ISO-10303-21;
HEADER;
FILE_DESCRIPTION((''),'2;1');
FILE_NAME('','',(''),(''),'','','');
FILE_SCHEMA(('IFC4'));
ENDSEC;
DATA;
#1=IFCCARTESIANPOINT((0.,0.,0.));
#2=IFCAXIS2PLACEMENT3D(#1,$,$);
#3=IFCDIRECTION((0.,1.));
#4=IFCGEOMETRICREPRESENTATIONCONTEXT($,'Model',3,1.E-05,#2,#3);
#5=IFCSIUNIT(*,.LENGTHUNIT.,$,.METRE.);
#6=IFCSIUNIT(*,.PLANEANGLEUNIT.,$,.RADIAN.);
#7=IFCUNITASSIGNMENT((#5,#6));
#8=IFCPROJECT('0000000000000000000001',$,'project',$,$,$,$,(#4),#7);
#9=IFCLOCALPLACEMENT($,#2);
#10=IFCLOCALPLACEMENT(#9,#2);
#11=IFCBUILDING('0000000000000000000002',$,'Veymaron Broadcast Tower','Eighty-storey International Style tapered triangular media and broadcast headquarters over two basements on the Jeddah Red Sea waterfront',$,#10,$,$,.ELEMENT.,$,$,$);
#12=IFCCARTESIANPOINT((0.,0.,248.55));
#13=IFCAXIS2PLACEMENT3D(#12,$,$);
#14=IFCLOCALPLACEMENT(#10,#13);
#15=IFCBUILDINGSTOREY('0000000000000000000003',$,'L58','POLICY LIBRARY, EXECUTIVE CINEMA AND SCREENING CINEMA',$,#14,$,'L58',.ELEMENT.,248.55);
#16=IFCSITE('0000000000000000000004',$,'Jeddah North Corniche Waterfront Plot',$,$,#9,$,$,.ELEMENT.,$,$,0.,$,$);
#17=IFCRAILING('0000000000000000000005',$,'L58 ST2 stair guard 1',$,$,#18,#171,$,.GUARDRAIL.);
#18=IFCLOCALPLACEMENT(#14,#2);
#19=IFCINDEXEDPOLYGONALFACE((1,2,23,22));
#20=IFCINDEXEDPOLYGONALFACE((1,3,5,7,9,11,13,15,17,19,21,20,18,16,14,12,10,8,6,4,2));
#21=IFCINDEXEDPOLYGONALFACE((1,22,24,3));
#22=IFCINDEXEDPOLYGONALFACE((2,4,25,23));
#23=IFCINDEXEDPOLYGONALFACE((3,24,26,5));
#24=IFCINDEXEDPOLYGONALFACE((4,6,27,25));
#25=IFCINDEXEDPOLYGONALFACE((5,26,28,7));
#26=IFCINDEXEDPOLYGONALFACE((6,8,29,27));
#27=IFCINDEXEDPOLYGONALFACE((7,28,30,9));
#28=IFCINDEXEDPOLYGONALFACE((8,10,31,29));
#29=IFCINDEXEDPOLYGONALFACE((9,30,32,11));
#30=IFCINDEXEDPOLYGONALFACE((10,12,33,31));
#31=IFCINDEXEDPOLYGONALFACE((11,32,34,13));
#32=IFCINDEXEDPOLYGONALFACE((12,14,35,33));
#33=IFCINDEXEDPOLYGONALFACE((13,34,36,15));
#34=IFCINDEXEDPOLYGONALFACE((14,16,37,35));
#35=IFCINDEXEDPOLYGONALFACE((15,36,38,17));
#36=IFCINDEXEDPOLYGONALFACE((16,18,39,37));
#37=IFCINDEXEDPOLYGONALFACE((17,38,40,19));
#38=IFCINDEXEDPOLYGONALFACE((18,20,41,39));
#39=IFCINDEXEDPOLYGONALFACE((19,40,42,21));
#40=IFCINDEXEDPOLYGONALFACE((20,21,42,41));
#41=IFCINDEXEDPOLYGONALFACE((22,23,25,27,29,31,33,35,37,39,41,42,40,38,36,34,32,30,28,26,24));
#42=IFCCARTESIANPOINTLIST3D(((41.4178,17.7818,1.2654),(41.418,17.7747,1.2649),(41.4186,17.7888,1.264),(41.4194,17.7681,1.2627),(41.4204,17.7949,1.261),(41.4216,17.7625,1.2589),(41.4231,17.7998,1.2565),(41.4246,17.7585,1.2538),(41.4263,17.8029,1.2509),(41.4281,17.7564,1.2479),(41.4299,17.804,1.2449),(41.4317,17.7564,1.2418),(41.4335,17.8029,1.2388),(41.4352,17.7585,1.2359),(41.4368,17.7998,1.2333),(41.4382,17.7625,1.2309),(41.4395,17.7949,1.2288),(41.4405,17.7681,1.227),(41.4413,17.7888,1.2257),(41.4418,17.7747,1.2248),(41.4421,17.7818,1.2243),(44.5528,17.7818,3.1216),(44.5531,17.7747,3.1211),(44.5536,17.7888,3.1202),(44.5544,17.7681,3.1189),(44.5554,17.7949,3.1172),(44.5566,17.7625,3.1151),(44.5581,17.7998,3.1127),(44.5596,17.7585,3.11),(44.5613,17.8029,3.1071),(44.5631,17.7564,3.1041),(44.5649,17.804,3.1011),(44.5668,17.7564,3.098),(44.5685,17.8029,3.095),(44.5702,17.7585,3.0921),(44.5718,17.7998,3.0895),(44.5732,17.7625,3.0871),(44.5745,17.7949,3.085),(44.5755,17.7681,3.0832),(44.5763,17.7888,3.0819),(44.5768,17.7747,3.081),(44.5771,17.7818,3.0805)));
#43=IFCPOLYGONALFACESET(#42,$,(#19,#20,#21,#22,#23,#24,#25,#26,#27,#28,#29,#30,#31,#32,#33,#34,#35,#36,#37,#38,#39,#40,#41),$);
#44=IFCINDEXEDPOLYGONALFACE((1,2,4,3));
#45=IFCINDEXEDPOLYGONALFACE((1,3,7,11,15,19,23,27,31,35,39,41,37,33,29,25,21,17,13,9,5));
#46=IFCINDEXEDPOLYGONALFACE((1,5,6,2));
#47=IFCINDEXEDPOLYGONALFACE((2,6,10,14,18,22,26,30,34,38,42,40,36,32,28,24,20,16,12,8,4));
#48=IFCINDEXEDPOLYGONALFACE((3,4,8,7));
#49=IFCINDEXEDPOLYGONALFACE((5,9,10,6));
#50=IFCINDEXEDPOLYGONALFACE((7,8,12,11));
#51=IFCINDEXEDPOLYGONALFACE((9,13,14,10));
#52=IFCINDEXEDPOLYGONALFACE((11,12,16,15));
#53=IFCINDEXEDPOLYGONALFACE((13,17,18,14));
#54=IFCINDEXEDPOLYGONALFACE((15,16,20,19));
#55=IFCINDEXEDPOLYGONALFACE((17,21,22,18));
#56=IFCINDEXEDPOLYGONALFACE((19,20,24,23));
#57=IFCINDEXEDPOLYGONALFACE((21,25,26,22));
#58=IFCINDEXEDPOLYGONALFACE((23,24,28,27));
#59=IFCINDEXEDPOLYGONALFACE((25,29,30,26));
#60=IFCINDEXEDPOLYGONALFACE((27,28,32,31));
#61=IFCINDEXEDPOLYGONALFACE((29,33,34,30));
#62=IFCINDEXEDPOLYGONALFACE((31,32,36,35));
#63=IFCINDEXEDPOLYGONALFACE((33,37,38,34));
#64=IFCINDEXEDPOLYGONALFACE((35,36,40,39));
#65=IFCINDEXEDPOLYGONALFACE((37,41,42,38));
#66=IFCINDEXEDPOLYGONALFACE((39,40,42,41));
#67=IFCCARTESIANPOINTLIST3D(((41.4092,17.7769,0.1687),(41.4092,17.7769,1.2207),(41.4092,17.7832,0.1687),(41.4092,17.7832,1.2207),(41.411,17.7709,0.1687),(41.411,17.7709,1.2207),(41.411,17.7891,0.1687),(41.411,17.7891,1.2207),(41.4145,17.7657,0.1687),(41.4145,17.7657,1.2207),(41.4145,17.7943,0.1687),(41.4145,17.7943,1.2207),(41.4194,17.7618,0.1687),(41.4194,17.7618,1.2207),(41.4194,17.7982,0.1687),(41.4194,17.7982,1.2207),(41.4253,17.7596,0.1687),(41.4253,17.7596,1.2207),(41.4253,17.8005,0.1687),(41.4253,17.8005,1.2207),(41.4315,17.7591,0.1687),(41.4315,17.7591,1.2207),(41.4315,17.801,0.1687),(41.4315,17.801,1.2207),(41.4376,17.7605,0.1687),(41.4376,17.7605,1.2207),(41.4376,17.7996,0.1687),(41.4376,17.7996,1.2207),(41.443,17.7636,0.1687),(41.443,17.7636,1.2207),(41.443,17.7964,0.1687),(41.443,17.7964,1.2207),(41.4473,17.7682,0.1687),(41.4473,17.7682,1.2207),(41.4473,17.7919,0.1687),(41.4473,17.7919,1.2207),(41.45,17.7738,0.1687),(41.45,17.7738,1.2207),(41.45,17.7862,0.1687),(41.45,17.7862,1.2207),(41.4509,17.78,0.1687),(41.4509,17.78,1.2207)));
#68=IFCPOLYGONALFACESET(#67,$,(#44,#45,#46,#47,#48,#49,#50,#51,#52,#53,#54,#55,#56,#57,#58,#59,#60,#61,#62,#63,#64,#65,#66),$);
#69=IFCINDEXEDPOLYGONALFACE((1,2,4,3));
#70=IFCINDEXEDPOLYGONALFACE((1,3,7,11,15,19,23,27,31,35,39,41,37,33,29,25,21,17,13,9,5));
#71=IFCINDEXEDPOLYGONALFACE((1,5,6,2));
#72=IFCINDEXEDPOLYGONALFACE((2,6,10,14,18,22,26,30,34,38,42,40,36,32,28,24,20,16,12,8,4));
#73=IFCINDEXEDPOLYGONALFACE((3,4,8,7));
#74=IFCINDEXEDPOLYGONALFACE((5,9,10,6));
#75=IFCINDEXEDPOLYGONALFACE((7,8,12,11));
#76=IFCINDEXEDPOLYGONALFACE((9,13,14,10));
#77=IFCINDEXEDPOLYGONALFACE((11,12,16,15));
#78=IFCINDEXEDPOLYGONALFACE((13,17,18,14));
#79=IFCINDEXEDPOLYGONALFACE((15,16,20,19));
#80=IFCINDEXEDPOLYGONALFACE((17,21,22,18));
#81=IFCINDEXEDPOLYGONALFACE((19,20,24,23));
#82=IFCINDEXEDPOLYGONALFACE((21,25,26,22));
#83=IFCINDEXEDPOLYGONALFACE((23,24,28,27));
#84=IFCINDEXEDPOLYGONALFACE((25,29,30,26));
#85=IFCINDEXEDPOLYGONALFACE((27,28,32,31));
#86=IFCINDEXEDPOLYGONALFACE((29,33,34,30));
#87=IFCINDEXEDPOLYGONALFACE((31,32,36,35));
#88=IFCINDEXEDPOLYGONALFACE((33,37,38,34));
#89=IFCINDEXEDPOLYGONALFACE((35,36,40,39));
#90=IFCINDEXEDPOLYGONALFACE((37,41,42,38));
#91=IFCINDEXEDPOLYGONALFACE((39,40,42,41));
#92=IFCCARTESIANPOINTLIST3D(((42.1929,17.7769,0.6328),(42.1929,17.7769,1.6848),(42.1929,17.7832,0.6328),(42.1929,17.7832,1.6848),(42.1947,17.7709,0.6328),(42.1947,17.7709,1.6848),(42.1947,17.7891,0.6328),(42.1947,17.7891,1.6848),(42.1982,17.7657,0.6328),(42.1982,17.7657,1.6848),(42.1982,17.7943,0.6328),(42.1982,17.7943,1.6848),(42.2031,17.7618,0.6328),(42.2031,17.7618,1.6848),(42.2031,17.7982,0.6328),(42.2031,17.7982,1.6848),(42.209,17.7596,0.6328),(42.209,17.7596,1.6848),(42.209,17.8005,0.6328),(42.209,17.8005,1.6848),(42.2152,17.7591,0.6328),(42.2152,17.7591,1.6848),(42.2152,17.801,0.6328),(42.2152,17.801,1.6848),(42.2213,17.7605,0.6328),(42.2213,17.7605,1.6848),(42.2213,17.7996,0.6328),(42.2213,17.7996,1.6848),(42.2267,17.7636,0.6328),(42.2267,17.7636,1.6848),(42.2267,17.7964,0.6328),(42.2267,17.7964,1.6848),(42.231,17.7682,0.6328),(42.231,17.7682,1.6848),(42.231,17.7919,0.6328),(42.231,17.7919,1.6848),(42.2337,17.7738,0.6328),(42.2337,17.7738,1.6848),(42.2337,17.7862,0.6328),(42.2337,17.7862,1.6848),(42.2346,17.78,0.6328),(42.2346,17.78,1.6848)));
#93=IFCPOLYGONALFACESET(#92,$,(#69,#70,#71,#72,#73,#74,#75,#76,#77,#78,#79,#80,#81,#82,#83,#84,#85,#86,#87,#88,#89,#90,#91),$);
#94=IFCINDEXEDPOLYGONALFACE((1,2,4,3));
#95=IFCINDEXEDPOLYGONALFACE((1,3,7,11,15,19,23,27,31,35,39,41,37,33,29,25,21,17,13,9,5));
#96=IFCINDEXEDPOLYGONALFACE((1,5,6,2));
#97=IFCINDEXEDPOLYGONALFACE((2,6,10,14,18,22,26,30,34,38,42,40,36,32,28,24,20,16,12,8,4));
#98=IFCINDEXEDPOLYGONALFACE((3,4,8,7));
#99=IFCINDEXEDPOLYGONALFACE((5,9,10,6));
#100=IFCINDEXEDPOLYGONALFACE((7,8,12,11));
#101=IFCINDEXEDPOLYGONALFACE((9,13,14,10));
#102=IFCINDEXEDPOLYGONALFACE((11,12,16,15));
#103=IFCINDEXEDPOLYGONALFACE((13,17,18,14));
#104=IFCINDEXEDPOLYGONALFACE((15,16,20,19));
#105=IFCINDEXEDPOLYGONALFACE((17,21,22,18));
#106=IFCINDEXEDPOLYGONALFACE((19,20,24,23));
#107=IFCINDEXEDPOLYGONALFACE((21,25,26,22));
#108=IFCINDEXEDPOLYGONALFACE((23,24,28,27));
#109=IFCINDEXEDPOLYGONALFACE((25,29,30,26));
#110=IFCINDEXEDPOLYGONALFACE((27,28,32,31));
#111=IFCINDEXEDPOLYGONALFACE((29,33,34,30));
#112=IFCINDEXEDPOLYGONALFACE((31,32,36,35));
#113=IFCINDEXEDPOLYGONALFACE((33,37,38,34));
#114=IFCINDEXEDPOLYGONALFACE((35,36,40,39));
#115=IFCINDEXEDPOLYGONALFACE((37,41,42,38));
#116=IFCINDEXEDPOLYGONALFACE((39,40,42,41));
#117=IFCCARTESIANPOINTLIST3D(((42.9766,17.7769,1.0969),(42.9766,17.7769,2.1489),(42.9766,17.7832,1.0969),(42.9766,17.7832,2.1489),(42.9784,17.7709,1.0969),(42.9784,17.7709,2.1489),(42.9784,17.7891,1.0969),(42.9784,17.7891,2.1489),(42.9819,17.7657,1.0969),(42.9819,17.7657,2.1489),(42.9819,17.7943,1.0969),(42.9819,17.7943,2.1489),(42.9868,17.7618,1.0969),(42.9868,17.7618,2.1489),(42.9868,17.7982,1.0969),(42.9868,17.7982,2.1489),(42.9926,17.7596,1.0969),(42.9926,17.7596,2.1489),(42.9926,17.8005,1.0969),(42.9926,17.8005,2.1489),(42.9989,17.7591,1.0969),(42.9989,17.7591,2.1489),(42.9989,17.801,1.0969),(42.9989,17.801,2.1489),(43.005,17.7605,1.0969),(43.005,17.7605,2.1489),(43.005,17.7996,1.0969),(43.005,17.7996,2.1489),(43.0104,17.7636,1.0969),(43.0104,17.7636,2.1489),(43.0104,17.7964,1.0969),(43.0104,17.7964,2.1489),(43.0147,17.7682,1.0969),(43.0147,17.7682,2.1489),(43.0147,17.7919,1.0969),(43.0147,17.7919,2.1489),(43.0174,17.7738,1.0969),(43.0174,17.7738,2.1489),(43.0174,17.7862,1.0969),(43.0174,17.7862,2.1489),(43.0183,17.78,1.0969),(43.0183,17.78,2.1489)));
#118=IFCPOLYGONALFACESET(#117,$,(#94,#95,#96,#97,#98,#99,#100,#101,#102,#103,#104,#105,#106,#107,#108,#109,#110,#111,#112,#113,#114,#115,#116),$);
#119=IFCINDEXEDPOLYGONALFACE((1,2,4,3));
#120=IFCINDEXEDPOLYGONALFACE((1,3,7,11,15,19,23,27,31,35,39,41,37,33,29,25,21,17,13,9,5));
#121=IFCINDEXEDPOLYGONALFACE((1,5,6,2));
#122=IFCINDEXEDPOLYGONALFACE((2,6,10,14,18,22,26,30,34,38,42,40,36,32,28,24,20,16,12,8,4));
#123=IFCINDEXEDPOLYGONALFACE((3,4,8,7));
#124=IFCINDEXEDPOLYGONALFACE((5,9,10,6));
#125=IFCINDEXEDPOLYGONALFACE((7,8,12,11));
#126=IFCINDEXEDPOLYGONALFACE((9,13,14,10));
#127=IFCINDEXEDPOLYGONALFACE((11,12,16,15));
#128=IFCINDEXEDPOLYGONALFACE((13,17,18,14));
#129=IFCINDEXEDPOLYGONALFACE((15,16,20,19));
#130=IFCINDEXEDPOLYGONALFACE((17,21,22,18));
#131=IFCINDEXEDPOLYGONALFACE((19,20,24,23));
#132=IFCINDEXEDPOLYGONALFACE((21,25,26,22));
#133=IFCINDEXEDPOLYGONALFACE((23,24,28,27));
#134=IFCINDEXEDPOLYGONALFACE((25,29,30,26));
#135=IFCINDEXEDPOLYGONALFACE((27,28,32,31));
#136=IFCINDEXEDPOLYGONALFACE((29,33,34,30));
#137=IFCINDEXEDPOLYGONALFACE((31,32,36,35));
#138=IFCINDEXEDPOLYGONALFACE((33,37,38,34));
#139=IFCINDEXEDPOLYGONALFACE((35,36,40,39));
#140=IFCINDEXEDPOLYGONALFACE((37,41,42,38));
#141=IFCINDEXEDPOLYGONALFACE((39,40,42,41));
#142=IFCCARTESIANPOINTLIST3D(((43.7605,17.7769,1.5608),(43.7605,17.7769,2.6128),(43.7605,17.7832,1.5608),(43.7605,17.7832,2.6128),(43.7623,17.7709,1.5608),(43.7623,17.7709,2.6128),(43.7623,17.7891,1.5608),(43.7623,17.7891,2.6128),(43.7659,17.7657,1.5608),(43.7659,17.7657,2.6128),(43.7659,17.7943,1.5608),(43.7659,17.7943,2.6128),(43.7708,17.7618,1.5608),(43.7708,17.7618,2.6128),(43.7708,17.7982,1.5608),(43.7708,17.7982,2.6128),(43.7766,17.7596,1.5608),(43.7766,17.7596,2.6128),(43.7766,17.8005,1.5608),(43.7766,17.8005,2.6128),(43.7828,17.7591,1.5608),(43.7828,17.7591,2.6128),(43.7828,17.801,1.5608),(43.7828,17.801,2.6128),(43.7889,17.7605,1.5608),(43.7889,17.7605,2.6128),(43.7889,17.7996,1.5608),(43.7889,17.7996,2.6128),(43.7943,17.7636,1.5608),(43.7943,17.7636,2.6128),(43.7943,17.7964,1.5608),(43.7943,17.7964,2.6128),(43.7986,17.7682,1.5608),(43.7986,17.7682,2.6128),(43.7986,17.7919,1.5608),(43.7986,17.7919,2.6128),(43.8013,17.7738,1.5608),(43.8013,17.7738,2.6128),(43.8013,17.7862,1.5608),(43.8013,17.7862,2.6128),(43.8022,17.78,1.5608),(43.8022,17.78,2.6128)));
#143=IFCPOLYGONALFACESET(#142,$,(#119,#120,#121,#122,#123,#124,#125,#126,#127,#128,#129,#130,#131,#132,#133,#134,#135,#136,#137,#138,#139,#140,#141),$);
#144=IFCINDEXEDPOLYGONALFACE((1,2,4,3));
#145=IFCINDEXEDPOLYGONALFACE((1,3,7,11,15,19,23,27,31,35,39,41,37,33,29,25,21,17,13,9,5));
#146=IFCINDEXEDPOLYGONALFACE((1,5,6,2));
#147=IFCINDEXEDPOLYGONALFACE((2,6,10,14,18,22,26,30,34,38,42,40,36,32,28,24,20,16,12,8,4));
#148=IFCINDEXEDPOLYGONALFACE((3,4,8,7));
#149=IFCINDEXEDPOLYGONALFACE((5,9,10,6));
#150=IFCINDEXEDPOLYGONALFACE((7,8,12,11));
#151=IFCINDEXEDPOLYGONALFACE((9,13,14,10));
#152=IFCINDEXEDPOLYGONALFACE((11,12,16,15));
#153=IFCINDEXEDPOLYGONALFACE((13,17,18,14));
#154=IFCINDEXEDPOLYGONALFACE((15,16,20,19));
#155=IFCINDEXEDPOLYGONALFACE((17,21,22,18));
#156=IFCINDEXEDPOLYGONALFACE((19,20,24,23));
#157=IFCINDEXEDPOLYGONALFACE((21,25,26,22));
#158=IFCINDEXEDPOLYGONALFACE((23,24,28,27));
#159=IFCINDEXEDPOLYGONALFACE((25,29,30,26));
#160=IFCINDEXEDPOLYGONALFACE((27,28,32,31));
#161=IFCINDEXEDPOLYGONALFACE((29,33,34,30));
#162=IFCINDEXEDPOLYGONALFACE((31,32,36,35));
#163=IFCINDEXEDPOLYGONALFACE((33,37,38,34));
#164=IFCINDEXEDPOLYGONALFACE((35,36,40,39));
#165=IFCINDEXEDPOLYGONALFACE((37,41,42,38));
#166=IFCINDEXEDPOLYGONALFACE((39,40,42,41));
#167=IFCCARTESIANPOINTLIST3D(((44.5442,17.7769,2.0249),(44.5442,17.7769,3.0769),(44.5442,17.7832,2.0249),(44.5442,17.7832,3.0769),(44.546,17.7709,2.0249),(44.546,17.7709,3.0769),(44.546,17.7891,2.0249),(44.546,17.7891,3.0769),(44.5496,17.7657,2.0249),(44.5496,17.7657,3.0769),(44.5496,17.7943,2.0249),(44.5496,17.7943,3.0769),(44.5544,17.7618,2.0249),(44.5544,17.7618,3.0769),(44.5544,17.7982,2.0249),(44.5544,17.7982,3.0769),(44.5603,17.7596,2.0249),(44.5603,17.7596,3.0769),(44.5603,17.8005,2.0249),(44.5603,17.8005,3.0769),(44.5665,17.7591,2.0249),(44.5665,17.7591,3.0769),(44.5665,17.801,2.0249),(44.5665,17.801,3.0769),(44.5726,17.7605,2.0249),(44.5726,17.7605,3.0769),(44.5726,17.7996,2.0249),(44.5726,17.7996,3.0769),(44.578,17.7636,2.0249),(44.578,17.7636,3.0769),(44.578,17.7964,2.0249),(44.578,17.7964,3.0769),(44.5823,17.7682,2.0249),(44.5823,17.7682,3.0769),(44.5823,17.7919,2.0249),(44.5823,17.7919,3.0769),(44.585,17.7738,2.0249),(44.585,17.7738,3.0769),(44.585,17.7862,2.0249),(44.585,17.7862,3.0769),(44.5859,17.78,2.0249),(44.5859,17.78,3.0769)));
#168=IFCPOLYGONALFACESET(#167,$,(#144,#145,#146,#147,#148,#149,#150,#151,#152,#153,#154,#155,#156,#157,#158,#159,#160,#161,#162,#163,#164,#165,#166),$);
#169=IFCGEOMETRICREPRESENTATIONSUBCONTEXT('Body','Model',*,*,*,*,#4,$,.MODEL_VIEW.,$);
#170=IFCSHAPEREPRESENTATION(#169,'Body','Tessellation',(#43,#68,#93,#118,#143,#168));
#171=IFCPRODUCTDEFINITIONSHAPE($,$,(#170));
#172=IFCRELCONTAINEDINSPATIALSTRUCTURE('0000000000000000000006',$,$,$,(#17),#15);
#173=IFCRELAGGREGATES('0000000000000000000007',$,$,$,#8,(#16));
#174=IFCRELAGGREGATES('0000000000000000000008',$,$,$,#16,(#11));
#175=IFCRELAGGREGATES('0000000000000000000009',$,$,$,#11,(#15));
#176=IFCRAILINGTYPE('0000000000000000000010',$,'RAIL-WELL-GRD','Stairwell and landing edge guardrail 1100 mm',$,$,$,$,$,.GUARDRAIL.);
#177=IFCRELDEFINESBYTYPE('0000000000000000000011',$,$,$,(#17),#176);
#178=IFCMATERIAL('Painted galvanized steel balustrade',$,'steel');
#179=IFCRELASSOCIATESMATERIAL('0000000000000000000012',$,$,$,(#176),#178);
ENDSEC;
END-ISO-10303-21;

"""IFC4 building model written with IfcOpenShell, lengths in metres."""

from ifc_helpers import new_model, si_unit, direction, frame, origin, origin_2d, place, context, subcontext, project, spatial, circle, extrude, material, type_object, element, save


model = new_model("IFC4")

# Units and contexts
model_context = context("Model", 3, precision=1e-05, world=origin(), true_north=direction((0.0, 1.0)))
body_context = subcontext(model_context, "Body", "Model", "MODEL_VIEW")
ifc_project = project(units=[si_unit("LENGTHUNIT", "METRE"), si_unit("PLANEANGLEUNIT", "RADIAN")], contexts=[model_context])

# Site, building, storey
site_placement = place(None, origin())
site = spatial("IfcSite", under=ifc_project, at=site_placement, Name="Jeddah North Corniche Waterfront Plot", CompositionType="ELEMENT", RefElevation=0.0)
building_placement = place(site_placement, origin())
building = spatial("IfcBuilding", under=site, at=building_placement, Name="Veymaron Broadcast Tower", Description="Eighty-storey International Style tapered triangular media and broadcast headquarters over two basements on the Jeddah Red Sea waterfront", CompositionType="ELEMENT")
storey_placement = place(building_placement, frame((0.0, 0.0, 248.55)))
storey = spatial("IfcBuildingStorey", under=building, at=storey_placement, Name="L58", Description="POLICY LIBRARY, EXECUTIVE CINEMA AND SCREENING CINEMA", LongName="L58", CompositionType="ELEMENT", Elevation=248.55)

# Railing
ifc_material_1 = material(Name="Painted galvanized steel balustrade", Category="steel")
railing_type_1 = type_object("IfcRailingType", Name="RAIL-WELL-GRD", Description="Stairwell and landing edge guardrail 1100 mm", PredefinedType="GUARDRAIL", material=ifc_material_1)
railing_1_placement = place(storey_placement, frame((41.4299, 17.78, 0.1687)))
element("IfcRailing", 1, at=railing_1_placement, inside=storey, type_object=railing_type_1, Name="L58 ST2 stair guard 1", PredefinedType="GUARDRAIL", context=body_context, shape_type="SweptSolid", body=[
    extrude(circle(Radius=0.0239, at=origin_2d()), frame((0.0, 0.0, 1.0762), z_axis=(0.860482, 0.0, 0.509481), x_axis=(0.0, 1.0, 0.0)), (0.0, 0.0, 1.0), 3.6433),
    extrude(circle(Radius=0.021, at=origin_2d()), origin(), (0.0, 0.0, 1.0), 1.052),
    extrude(circle(Radius=0.021, at=origin_2d()), frame((0.7837, 0.0, 0.4641)), (0.0, 0.0, 1.0), 1.052),
    extrude(circle(Radius=0.021, at=origin_2d()), frame((1.5674, 0.0, 0.9282)), (0.0, 0.0, 1.0), 1.052),
    extrude(circle(Radius=0.021, at=origin_2d()), frame((2.3513, 0.0, 1.3921)), (0.0, 0.0, 1.0), 1.052),
    extrude(circle(Radius=0.021, at=origin_2d()), frame((3.135, 0.0, 1.8562)), (0.0, 0.0, 1.0), 1.052),
])

save(model, "model.ifc")
